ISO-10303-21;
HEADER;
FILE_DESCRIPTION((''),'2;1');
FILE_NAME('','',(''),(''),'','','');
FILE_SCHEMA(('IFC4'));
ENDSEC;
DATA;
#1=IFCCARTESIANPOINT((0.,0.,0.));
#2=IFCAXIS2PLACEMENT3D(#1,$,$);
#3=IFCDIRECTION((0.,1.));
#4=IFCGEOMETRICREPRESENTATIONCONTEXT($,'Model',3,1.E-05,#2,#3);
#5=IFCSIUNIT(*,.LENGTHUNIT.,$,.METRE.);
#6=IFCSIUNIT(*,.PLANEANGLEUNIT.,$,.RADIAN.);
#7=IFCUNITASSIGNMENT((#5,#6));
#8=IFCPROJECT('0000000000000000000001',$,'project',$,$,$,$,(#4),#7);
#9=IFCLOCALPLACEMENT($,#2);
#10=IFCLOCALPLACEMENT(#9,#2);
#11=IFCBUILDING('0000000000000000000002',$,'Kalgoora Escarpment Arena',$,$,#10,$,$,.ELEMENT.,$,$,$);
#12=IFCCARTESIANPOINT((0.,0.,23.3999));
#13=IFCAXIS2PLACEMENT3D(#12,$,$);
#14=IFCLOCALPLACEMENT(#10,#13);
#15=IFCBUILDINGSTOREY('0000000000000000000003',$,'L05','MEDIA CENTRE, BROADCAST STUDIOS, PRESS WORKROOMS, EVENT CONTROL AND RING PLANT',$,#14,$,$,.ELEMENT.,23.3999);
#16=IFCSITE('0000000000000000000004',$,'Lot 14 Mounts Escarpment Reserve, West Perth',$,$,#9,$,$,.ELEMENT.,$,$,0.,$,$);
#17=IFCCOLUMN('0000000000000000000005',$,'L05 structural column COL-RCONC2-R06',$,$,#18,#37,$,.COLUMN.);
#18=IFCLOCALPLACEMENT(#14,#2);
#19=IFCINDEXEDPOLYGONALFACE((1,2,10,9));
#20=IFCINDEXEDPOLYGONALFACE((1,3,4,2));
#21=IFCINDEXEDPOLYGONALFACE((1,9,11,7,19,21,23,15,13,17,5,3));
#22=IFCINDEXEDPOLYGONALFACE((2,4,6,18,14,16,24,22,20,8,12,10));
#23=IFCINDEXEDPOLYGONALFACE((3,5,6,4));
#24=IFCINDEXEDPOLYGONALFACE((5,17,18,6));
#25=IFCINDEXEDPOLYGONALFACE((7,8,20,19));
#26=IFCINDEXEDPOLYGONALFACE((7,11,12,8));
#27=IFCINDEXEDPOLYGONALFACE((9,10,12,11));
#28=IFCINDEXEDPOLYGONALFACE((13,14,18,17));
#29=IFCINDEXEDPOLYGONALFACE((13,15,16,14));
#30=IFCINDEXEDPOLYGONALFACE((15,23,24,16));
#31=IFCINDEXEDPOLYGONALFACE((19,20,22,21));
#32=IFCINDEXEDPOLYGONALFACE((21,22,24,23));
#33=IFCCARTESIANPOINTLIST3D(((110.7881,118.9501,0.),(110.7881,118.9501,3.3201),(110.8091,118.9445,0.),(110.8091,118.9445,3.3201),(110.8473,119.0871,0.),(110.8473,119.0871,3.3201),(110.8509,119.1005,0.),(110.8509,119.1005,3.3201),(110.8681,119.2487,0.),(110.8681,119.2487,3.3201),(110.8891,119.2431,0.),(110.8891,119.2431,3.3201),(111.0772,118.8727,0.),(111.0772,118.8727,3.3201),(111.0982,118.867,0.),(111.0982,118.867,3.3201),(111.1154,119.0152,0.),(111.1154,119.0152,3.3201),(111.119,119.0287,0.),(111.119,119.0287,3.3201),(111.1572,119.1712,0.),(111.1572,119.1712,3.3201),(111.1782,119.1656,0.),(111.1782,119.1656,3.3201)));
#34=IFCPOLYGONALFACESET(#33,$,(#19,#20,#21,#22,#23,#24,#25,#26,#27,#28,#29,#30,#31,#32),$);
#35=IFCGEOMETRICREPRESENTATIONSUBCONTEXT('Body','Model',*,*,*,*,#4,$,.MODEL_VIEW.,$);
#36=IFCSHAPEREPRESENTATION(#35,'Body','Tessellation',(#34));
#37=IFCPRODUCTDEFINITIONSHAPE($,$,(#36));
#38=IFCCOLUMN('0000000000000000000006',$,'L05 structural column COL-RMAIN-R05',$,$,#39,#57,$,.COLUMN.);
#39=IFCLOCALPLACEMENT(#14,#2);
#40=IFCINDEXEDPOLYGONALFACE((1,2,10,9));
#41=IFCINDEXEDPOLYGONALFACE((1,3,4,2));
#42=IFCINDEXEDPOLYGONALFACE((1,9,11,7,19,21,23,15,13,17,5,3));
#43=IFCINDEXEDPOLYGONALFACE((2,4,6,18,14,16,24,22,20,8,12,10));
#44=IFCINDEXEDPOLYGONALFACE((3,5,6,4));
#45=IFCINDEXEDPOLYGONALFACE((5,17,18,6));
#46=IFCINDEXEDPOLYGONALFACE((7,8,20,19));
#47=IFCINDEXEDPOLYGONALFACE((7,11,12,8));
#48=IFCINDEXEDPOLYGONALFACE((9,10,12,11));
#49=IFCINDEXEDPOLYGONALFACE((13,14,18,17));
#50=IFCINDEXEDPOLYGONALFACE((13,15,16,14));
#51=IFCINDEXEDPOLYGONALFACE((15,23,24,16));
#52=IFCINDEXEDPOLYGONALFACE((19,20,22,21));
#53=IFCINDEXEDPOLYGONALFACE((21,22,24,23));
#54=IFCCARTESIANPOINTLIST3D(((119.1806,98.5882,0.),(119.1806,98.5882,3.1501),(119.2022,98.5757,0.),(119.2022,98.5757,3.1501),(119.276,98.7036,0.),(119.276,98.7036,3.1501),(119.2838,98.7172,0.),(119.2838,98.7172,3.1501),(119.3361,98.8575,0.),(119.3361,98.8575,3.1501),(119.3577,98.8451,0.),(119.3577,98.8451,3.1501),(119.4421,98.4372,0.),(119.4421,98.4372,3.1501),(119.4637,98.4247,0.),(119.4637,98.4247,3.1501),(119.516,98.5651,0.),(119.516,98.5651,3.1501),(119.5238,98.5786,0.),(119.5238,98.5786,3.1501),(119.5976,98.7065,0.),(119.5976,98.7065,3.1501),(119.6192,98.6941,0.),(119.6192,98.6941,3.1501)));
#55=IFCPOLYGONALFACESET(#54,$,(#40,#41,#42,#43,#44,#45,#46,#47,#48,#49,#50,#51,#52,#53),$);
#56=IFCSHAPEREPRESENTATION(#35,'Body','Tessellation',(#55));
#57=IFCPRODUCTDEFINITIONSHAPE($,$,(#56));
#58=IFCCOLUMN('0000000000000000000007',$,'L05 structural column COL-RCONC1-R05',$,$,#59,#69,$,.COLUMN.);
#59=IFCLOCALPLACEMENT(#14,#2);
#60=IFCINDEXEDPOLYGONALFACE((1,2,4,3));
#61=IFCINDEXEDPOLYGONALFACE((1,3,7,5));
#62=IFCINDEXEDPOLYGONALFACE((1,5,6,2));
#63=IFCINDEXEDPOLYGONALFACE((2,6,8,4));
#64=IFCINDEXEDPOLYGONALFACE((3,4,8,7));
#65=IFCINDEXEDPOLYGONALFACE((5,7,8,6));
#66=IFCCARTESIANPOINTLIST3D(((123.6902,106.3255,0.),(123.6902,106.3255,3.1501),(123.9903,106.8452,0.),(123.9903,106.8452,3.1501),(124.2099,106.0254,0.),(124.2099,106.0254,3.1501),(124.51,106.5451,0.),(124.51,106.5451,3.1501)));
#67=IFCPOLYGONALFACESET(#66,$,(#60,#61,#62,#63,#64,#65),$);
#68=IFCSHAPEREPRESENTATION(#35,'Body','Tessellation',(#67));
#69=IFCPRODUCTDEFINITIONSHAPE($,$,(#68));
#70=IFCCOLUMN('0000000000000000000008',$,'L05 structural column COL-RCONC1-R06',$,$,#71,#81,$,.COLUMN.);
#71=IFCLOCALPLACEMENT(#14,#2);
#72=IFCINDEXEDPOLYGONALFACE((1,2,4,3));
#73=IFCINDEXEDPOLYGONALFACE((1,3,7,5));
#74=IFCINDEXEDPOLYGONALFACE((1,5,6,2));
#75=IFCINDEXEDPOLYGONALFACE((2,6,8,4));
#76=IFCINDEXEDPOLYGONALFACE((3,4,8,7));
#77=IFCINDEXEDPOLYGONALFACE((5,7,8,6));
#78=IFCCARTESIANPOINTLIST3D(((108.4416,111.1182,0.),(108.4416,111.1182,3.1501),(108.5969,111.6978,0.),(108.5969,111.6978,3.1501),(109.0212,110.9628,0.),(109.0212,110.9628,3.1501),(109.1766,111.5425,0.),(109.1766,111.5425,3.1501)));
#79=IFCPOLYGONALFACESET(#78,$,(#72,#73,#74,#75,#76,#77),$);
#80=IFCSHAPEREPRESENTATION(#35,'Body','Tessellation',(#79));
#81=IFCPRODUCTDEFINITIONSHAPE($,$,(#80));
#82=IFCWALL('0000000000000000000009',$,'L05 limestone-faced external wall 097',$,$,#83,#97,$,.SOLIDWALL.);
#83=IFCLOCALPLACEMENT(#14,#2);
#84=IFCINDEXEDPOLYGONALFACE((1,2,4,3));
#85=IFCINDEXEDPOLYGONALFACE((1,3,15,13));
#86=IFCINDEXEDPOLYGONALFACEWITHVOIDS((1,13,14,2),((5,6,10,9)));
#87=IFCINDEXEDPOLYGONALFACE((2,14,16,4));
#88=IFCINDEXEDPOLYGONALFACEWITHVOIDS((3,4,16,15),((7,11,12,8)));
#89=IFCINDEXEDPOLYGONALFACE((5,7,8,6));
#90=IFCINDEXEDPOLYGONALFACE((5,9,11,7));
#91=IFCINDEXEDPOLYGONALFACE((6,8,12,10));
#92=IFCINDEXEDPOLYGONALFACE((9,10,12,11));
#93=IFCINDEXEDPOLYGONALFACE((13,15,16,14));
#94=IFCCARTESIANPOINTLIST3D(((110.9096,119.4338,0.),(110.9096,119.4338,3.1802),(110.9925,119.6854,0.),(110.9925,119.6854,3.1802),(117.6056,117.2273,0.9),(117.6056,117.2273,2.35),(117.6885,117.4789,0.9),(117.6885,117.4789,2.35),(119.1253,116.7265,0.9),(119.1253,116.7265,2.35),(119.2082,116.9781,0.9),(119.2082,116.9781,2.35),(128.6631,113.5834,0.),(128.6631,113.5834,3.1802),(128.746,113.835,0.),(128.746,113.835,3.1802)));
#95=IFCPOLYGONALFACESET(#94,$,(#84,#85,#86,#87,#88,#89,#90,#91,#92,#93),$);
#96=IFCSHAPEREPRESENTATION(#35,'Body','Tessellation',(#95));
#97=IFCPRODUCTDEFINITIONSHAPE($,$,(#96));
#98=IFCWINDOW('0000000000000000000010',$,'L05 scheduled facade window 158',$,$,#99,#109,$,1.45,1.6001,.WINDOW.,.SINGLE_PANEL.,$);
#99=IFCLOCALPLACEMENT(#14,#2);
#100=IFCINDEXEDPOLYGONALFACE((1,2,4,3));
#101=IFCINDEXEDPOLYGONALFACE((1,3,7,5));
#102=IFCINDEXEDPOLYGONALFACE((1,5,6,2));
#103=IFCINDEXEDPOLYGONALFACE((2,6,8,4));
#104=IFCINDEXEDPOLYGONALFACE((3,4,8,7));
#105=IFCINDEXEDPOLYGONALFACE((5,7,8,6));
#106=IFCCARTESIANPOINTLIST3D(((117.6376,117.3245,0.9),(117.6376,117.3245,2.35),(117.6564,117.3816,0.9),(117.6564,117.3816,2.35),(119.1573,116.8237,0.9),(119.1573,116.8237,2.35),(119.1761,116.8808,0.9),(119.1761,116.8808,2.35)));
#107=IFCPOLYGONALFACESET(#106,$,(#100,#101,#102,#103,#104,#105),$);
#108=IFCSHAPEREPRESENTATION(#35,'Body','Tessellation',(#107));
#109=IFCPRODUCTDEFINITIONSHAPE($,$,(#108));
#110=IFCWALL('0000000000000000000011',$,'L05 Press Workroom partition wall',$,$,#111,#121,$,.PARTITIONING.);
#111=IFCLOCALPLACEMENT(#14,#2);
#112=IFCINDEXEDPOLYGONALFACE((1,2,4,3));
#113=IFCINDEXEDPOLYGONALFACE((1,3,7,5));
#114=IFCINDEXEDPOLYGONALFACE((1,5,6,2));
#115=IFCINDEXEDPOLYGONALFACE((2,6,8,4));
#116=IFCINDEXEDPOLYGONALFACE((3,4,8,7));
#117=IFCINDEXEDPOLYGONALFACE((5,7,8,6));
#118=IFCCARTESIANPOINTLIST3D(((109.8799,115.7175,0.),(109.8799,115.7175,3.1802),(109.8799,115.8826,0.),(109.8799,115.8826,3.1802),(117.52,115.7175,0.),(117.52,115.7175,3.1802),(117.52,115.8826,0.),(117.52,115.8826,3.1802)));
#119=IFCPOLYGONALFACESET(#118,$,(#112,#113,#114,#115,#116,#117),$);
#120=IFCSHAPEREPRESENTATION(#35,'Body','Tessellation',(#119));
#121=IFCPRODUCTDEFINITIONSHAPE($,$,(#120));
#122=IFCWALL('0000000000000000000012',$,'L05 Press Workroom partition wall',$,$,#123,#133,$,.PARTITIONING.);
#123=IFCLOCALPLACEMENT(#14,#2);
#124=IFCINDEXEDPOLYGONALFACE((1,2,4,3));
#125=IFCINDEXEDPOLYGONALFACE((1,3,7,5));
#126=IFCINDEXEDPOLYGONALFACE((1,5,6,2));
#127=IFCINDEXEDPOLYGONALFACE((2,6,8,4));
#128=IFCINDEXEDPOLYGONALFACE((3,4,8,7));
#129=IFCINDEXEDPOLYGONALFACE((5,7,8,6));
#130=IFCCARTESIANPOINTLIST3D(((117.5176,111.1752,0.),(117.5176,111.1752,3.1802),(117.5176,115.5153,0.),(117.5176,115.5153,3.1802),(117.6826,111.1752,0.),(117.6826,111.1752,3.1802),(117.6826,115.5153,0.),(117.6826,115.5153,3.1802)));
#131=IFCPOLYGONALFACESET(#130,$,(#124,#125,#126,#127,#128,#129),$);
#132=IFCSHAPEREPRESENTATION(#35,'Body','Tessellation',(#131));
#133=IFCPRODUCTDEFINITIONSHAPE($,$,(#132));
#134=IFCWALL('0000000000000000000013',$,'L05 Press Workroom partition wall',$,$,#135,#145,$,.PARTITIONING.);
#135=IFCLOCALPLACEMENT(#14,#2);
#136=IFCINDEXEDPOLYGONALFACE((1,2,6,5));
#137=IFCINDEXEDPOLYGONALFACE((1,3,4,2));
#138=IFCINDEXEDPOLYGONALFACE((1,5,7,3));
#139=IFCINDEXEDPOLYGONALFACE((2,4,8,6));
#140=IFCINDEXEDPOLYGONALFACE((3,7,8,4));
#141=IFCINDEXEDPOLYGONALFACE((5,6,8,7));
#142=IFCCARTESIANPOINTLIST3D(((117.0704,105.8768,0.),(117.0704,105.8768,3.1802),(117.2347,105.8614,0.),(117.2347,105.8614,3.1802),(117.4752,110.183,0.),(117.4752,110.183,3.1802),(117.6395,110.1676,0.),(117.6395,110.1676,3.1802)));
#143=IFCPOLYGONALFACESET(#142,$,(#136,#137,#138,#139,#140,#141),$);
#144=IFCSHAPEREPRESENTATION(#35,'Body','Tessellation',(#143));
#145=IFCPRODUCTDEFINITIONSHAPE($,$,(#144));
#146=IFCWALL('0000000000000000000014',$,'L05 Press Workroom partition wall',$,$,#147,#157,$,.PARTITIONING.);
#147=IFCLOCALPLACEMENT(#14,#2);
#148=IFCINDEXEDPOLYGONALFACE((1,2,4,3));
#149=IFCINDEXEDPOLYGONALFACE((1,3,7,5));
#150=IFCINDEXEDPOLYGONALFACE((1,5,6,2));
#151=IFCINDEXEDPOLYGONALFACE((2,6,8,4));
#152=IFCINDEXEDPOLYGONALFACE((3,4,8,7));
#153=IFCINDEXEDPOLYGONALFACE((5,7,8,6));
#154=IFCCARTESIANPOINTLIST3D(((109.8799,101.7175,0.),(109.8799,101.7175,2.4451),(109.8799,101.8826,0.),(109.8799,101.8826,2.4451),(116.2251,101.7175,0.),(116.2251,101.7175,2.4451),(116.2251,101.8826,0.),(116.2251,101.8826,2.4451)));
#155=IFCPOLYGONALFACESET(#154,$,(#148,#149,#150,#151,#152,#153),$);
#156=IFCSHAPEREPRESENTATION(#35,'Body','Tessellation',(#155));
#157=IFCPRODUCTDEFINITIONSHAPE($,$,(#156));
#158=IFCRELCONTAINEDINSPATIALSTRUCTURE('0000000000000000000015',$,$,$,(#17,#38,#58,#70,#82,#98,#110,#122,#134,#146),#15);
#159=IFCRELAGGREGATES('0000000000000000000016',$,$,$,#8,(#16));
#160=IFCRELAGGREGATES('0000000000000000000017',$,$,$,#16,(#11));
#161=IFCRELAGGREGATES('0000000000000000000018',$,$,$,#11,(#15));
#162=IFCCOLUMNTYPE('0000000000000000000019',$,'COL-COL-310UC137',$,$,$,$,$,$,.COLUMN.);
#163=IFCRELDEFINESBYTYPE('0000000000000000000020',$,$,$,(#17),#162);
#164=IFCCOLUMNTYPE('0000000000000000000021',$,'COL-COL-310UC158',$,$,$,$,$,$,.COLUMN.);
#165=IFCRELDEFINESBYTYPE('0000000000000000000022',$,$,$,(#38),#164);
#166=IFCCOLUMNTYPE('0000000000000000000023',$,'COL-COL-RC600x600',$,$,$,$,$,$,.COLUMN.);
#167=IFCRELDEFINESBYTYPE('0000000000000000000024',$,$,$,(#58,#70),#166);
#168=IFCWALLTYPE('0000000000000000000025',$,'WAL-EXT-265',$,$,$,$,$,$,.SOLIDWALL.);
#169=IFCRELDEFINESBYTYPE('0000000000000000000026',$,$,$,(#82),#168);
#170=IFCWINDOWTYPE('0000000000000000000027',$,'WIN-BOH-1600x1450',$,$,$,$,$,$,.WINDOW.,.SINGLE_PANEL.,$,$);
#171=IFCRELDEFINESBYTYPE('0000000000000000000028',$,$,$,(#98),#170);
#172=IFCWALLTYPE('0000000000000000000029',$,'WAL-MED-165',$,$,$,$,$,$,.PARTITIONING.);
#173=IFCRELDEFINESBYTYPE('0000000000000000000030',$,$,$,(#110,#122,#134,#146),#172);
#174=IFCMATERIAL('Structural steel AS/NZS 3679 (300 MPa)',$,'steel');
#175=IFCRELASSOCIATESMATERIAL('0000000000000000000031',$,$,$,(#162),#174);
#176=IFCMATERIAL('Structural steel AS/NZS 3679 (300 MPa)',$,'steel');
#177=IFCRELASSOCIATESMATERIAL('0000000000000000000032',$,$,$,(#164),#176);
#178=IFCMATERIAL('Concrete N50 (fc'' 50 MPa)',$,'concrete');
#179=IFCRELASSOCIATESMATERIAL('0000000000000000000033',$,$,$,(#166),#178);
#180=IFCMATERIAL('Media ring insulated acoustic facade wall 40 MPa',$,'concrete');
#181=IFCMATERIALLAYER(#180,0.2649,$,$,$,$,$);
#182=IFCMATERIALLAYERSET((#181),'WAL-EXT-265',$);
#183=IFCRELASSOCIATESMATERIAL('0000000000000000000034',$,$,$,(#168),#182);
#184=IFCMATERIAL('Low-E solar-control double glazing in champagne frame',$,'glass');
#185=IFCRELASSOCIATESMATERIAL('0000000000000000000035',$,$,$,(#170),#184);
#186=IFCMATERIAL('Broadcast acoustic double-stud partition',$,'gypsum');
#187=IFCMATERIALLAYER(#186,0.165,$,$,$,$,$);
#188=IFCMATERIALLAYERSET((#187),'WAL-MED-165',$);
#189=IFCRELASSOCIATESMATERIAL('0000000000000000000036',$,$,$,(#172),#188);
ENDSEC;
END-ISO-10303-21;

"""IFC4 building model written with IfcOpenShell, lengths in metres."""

from ifc_helpers import new_model, si_unit, direction, frame, frame_2d, origin, origin_2d, place, context, subcontext, project, spatial, rectangle, i_section, extrude, material, layer, layer_set, material_profile, profile_set, type_object, element, fill, save


model = new_model("IFC4")

# Units and contexts
model_context = context("Model", 3, precision=1e-05, world=origin(), true_north=direction((0.0, 1.0)))
body_context = subcontext(model_context, "Body", "Model", "MODEL_VIEW")
ifc_project = project(units=[si_unit("LENGTHUNIT", "METRE"), si_unit("PLANEANGLEUNIT", "RADIAN")], contexts=[model_context])

# Site, building, storey
site_placement = place(None, origin())
site = spatial("IfcSite", under=ifc_project, at=site_placement, Name="Lot 14 Mounts Escarpment Reserve, West Perth", CompositionType="ELEMENT", RefElevation=0.0)
building_placement = place(site_placement, origin())
building = spatial("IfcBuilding", under=site, at=building_placement, Name="Kalgoora Escarpment Arena", CompositionType="ELEMENT")
storey_placement = place(building_placement, frame((0.0, 0.0, 23.3999)))
storey = spatial("IfcBuildingStorey", under=building, at=storey_placement, Name="L05", Description="MEDIA CENTRE, BROADCAST STUDIOS, PRESS WORKROOMS, EVENT CONTROL AND RING PLANT", CompositionType="ELEMENT", Elevation=23.3999)

# Columns
ifc_material_1 = material(Name="Structural steel AS/NZS 3679 (300 MPa)", Category="steel")
ifc_material_profile_1 = material_profile(ifc_material_1, i_section(OverallWidth=0.3091, OverallDepth=0.321, WebThickness=0.0139, FlangeThickness=0.0217, at=origin_2d()))
ifc_profile_set_1 = profile_set([ifc_material_profile_1], Name="Structural steel AS/NZS 3679 (300 MPa)")
column_type_1 = type_object("IfcColumnType", Name="COL-COL-310UC137", PredefinedType="COLUMN", material=ifc_profile_set_1)
column_1_placement = place(storey_placement, frame((110.9832, 119.0579, 0.0), z_axis=(0.0, 0.0, 1.0), x_axis=(0.258819, 0.965926, 0.0)))
element("IfcColumn", 1, at=column_1_placement, inside=storey, type_object=column_type_1, Name="L05 structural column COL-RCONC2-R06", PredefinedType="COLUMN", context=body_context, shape_type="SweptSolid", body=[
    extrude(i_section(OverallWidth=0.3091, OverallDepth=0.321, WebThickness=0.0139, FlangeThickness=0.0217, at=origin_2d()), origin(), (0.0, 0.0, 1.0), 3.3201),
])
ifc_material_2 = material(Name="Structural steel AS/NZS 3679 (300 MPa)", Category="steel")
ifc_material_profile_2 = material_profile(ifc_material_2, i_section(OverallWidth=0.311, OverallDepth=0.3269, WebThickness=0.0156, FlangeThickness=0.0249, at=origin_2d()))
ifc_profile_set_2 = profile_set([ifc_material_profile_2], Name="Structural steel AS/NZS 3679 (300 MPa)")
column_type_2 = type_object("IfcColumnType", Name="COL-COL-310UC158", PredefinedType="COLUMN", material=ifc_profile_set_2)
column_2_placement = place(storey_placement, frame((119.3999, 98.6411, 0.0), z_axis=(0.0, 0.0, 1.0), x_axis=(0.5, 0.866025, 0.0)))
element("IfcColumn", 2, at=column_2_placement, inside=storey, type_object=column_type_2, Name="L05 structural column COL-RMAIN-R05", PredefinedType="COLUMN", context=body_context, shape_type="SweptSolid", body=[
    extrude(i_section(OverallWidth=0.311, OverallDepth=0.3269, WebThickness=0.0156, FlangeThickness=0.0249, at=origin_2d()), origin(), (0.0, 0.0, 1.0), 3.1501),
])
ifc_material_3 = material(Name="Concrete N50 (fc' 50 MPa)", Category="concrete")
ifc_material_profile_3 = material_profile(ifc_material_3, rectangle(XDim=0.6001, YDim=0.6001, at=origin_2d()))
ifc_profile_set_3 = profile_set([ifc_material_profile_3], Name="Concrete N50 (fc' 50 MPa)")
column_type_3 = type_object("IfcColumnType", Name="COL-COL-RC600x600", PredefinedType="COLUMN", material=ifc_profile_set_3)
for number, where, z_axis, x_axis, name in (
    (3, (124.1001, 106.4353, 0.0), (0.0, 0.0, 1.0), (0.5, 0.866025, 0.0), "L05 structural column COL-RCONC1-R05"),
    (4, (108.8091, 111.3303, 0.0), (0.0, 0.0, 1.0), (0.258819, 0.965926, 0.0), "L05 structural column COL-RCONC1-R06"),
):
    element("IfcColumn", number, at=place(storey_placement, frame(where, z_axis=z_axis, x_axis=x_axis)), inside=storey, type_object=column_type_3, Name=name, PredefinedType="COLUMN", context=body_context, shape_type="SweptSolid", body=[
        extrude(rectangle(XDim=0.6001, YDim=0.6001, at=origin_2d()), origin(), (0.0, 0.0, 1.0), 3.1501),
    ])

# Wall, opening, window
ifc_material_4 = material(Name="Media ring insulated acoustic facade wall 40 MPa", Category="concrete")
ifc_layer_1 = layer(ifc_material_4, 0.2649)
ifc_layer_set_1 = layer_set([ifc_layer_1], Name="WAL-EXT-265")
wall_type_1 = type_object("IfcWallType", Name="WAL-EXT-265", PredefinedType="SOLIDWALL", material=ifc_layer_set_1)
wall_1_placement = place(storey_placement, frame((110.9512, 119.5596, 0.0), z_axis=(0.0, 0.0, 1.0), x_axis=(0.94976, -0.312978, 0.0)))
wall_1 = element("IfcWall", 5, at=wall_1_placement, inside=storey, type_object=wall_type_1, Name="L05 limestone-faced external wall 097", PredefinedType="SOLIDWALL", context=body_context, shape_type="SweptSolid", body=[
    extrude(rectangle(XDim=18.6926, YDim=0.2649, at=frame_2d((9.3462, 0.0))), origin(), (0.0, 0.0, 1.0), 3.1802),
])
opening_1_placement = place(wall_1_placement, frame((7.05, 0.0, 0.8999)))
opening_1 = element("IfcOpeningElement", 6, at=opening_1_placement, cuts=wall_1, PredefinedType="OPENING", context=body_context, shape_type="SweptSolid", body=[
    extrude(rectangle(XDim=1.6001, YDim=1.45, at=frame_2d((0.8, 0.7251))), frame((0.0, 0.1423, 0.0), z_axis=(0.0, -1.0, 0.0), x_axis=(1.0, 0.0, 0.0)), (0.0, 0.0, 1.0), 0.2849),
])
ifc_material_5 = material(Name="Low-E solar-control double glazing in champagne frame", Category="glass")
window_type = type_object("IfcWindowType", Name="WIN-BOH-1600x1450", PartitioningType="SINGLE_PANEL", PredefinedType="WINDOW", material=ifc_material_5)
window_placement = place(opening_1_placement, origin())
window = element("IfcWindow", 7, at=window_placement, inside=storey, type_object=window_type, Name="L05 scheduled facade window 158", OverallHeight=1.45, OverallWidth=1.6001, PartitioningType="SINGLE_PANEL", PredefinedType="WINDOW", context=body_context, shape_type="SweptSolid", body=[
    extrude(rectangle(XDim=1.6001, YDim=1.45, at=frame_2d((0.8, 0.7251))), frame((0.0, 0.03, 0.0), z_axis=(0.0, -1.0, 0.0), x_axis=(1.0, 0.0, 0.0)), (0.0, 0.0, 1.0), 0.0601),
])
fill(opening_1, window)

# Walls
ifc_material_6 = material(Name="Broadcast acoustic double-stud partition", Category="gypsum")
ifc_layer_2 = layer(ifc_material_6, 0.165)
ifc_layer_set_2 = layer_set([ifc_layer_2], Name="WAL-MED-165")
wall_type_2 = type_object("IfcWallType", Name="WAL-MED-165", PredefinedType="PARTITIONING", material=ifc_layer_set_2)
wall_2_placement = place(storey_placement, frame((109.8799, 115.8, 0.0), z_axis=(0.0, 0.0, 1.0), x_axis=(1.0, 0.0, 0.0)))
element("IfcWall", 8, at=wall_2_placement, inside=storey, type_object=wall_type_2, Name="L05 Press Workroom partition wall", PredefinedType="PARTITIONING", context=body_context, shape_type="SweptSolid", body=[
    extrude(rectangle(XDim=7.6401, YDim=0.165, at=frame_2d((3.8201, 0.0))), origin(), (0.0, 0.0, 1.0), 3.1802),
])
wall_3_placement = place(storey_placement, frame((117.6001, 115.5151, 0.0), z_axis=(0.0, 0.0, 1.0), x_axis=(0.0, -1.0, 0.0)))
element("IfcWall", 9, at=wall_3_placement, inside=storey, type_object=wall_type_2, Name="L05 Press Workroom partition wall", PredefinedType="PARTITIONING", context=body_context, shape_type="SweptSolid", body=[
    extrude(rectangle(XDim=4.3401, YDim=0.165, at=frame_2d((2.1699, 0.0))), origin(), (0.0, 0.0, 1.0), 3.1802),
])
wall_4_placement = place(storey_placement, frame((117.5574, 110.1753, 0.0), z_axis=(0.0, 0.0, 1.0), x_axis=(-0.093589, -0.995611, 0.0)))
element("IfcWall", 10, at=wall_4_placement, inside=storey, type_object=wall_type_2, Name="L05 Press Workroom partition wall", PredefinedType="PARTITIONING", context=body_context, shape_type="SweptSolid", body=[
    extrude(rectangle(XDim=4.3252, YDim=0.165, at=frame_2d((2.1626, 0.0))), origin(), (0.0, 0.0, 1.0), 3.1802),
])
wall_5_placement = place(storey_placement, frame((116.2251, 101.8, 0.0), z_axis=(0.0, 0.0, 1.0), x_axis=(-1.0, 0.0, 0.0)))
element("IfcWall", 11, at=wall_5_placement, inside=storey, type_object=wall_type_2, Name="L05 Press Workroom partition wall", PredefinedType="PARTITIONING", context=body_context, shape_type="SweptSolid", body=[
    extrude(rectangle(XDim=6.3452, YDim=0.165, at=frame_2d((3.1726, 0.0))), origin(), (0.0, 0.0, 1.0), 2.4451),
])

save(model, "model.ifc")
